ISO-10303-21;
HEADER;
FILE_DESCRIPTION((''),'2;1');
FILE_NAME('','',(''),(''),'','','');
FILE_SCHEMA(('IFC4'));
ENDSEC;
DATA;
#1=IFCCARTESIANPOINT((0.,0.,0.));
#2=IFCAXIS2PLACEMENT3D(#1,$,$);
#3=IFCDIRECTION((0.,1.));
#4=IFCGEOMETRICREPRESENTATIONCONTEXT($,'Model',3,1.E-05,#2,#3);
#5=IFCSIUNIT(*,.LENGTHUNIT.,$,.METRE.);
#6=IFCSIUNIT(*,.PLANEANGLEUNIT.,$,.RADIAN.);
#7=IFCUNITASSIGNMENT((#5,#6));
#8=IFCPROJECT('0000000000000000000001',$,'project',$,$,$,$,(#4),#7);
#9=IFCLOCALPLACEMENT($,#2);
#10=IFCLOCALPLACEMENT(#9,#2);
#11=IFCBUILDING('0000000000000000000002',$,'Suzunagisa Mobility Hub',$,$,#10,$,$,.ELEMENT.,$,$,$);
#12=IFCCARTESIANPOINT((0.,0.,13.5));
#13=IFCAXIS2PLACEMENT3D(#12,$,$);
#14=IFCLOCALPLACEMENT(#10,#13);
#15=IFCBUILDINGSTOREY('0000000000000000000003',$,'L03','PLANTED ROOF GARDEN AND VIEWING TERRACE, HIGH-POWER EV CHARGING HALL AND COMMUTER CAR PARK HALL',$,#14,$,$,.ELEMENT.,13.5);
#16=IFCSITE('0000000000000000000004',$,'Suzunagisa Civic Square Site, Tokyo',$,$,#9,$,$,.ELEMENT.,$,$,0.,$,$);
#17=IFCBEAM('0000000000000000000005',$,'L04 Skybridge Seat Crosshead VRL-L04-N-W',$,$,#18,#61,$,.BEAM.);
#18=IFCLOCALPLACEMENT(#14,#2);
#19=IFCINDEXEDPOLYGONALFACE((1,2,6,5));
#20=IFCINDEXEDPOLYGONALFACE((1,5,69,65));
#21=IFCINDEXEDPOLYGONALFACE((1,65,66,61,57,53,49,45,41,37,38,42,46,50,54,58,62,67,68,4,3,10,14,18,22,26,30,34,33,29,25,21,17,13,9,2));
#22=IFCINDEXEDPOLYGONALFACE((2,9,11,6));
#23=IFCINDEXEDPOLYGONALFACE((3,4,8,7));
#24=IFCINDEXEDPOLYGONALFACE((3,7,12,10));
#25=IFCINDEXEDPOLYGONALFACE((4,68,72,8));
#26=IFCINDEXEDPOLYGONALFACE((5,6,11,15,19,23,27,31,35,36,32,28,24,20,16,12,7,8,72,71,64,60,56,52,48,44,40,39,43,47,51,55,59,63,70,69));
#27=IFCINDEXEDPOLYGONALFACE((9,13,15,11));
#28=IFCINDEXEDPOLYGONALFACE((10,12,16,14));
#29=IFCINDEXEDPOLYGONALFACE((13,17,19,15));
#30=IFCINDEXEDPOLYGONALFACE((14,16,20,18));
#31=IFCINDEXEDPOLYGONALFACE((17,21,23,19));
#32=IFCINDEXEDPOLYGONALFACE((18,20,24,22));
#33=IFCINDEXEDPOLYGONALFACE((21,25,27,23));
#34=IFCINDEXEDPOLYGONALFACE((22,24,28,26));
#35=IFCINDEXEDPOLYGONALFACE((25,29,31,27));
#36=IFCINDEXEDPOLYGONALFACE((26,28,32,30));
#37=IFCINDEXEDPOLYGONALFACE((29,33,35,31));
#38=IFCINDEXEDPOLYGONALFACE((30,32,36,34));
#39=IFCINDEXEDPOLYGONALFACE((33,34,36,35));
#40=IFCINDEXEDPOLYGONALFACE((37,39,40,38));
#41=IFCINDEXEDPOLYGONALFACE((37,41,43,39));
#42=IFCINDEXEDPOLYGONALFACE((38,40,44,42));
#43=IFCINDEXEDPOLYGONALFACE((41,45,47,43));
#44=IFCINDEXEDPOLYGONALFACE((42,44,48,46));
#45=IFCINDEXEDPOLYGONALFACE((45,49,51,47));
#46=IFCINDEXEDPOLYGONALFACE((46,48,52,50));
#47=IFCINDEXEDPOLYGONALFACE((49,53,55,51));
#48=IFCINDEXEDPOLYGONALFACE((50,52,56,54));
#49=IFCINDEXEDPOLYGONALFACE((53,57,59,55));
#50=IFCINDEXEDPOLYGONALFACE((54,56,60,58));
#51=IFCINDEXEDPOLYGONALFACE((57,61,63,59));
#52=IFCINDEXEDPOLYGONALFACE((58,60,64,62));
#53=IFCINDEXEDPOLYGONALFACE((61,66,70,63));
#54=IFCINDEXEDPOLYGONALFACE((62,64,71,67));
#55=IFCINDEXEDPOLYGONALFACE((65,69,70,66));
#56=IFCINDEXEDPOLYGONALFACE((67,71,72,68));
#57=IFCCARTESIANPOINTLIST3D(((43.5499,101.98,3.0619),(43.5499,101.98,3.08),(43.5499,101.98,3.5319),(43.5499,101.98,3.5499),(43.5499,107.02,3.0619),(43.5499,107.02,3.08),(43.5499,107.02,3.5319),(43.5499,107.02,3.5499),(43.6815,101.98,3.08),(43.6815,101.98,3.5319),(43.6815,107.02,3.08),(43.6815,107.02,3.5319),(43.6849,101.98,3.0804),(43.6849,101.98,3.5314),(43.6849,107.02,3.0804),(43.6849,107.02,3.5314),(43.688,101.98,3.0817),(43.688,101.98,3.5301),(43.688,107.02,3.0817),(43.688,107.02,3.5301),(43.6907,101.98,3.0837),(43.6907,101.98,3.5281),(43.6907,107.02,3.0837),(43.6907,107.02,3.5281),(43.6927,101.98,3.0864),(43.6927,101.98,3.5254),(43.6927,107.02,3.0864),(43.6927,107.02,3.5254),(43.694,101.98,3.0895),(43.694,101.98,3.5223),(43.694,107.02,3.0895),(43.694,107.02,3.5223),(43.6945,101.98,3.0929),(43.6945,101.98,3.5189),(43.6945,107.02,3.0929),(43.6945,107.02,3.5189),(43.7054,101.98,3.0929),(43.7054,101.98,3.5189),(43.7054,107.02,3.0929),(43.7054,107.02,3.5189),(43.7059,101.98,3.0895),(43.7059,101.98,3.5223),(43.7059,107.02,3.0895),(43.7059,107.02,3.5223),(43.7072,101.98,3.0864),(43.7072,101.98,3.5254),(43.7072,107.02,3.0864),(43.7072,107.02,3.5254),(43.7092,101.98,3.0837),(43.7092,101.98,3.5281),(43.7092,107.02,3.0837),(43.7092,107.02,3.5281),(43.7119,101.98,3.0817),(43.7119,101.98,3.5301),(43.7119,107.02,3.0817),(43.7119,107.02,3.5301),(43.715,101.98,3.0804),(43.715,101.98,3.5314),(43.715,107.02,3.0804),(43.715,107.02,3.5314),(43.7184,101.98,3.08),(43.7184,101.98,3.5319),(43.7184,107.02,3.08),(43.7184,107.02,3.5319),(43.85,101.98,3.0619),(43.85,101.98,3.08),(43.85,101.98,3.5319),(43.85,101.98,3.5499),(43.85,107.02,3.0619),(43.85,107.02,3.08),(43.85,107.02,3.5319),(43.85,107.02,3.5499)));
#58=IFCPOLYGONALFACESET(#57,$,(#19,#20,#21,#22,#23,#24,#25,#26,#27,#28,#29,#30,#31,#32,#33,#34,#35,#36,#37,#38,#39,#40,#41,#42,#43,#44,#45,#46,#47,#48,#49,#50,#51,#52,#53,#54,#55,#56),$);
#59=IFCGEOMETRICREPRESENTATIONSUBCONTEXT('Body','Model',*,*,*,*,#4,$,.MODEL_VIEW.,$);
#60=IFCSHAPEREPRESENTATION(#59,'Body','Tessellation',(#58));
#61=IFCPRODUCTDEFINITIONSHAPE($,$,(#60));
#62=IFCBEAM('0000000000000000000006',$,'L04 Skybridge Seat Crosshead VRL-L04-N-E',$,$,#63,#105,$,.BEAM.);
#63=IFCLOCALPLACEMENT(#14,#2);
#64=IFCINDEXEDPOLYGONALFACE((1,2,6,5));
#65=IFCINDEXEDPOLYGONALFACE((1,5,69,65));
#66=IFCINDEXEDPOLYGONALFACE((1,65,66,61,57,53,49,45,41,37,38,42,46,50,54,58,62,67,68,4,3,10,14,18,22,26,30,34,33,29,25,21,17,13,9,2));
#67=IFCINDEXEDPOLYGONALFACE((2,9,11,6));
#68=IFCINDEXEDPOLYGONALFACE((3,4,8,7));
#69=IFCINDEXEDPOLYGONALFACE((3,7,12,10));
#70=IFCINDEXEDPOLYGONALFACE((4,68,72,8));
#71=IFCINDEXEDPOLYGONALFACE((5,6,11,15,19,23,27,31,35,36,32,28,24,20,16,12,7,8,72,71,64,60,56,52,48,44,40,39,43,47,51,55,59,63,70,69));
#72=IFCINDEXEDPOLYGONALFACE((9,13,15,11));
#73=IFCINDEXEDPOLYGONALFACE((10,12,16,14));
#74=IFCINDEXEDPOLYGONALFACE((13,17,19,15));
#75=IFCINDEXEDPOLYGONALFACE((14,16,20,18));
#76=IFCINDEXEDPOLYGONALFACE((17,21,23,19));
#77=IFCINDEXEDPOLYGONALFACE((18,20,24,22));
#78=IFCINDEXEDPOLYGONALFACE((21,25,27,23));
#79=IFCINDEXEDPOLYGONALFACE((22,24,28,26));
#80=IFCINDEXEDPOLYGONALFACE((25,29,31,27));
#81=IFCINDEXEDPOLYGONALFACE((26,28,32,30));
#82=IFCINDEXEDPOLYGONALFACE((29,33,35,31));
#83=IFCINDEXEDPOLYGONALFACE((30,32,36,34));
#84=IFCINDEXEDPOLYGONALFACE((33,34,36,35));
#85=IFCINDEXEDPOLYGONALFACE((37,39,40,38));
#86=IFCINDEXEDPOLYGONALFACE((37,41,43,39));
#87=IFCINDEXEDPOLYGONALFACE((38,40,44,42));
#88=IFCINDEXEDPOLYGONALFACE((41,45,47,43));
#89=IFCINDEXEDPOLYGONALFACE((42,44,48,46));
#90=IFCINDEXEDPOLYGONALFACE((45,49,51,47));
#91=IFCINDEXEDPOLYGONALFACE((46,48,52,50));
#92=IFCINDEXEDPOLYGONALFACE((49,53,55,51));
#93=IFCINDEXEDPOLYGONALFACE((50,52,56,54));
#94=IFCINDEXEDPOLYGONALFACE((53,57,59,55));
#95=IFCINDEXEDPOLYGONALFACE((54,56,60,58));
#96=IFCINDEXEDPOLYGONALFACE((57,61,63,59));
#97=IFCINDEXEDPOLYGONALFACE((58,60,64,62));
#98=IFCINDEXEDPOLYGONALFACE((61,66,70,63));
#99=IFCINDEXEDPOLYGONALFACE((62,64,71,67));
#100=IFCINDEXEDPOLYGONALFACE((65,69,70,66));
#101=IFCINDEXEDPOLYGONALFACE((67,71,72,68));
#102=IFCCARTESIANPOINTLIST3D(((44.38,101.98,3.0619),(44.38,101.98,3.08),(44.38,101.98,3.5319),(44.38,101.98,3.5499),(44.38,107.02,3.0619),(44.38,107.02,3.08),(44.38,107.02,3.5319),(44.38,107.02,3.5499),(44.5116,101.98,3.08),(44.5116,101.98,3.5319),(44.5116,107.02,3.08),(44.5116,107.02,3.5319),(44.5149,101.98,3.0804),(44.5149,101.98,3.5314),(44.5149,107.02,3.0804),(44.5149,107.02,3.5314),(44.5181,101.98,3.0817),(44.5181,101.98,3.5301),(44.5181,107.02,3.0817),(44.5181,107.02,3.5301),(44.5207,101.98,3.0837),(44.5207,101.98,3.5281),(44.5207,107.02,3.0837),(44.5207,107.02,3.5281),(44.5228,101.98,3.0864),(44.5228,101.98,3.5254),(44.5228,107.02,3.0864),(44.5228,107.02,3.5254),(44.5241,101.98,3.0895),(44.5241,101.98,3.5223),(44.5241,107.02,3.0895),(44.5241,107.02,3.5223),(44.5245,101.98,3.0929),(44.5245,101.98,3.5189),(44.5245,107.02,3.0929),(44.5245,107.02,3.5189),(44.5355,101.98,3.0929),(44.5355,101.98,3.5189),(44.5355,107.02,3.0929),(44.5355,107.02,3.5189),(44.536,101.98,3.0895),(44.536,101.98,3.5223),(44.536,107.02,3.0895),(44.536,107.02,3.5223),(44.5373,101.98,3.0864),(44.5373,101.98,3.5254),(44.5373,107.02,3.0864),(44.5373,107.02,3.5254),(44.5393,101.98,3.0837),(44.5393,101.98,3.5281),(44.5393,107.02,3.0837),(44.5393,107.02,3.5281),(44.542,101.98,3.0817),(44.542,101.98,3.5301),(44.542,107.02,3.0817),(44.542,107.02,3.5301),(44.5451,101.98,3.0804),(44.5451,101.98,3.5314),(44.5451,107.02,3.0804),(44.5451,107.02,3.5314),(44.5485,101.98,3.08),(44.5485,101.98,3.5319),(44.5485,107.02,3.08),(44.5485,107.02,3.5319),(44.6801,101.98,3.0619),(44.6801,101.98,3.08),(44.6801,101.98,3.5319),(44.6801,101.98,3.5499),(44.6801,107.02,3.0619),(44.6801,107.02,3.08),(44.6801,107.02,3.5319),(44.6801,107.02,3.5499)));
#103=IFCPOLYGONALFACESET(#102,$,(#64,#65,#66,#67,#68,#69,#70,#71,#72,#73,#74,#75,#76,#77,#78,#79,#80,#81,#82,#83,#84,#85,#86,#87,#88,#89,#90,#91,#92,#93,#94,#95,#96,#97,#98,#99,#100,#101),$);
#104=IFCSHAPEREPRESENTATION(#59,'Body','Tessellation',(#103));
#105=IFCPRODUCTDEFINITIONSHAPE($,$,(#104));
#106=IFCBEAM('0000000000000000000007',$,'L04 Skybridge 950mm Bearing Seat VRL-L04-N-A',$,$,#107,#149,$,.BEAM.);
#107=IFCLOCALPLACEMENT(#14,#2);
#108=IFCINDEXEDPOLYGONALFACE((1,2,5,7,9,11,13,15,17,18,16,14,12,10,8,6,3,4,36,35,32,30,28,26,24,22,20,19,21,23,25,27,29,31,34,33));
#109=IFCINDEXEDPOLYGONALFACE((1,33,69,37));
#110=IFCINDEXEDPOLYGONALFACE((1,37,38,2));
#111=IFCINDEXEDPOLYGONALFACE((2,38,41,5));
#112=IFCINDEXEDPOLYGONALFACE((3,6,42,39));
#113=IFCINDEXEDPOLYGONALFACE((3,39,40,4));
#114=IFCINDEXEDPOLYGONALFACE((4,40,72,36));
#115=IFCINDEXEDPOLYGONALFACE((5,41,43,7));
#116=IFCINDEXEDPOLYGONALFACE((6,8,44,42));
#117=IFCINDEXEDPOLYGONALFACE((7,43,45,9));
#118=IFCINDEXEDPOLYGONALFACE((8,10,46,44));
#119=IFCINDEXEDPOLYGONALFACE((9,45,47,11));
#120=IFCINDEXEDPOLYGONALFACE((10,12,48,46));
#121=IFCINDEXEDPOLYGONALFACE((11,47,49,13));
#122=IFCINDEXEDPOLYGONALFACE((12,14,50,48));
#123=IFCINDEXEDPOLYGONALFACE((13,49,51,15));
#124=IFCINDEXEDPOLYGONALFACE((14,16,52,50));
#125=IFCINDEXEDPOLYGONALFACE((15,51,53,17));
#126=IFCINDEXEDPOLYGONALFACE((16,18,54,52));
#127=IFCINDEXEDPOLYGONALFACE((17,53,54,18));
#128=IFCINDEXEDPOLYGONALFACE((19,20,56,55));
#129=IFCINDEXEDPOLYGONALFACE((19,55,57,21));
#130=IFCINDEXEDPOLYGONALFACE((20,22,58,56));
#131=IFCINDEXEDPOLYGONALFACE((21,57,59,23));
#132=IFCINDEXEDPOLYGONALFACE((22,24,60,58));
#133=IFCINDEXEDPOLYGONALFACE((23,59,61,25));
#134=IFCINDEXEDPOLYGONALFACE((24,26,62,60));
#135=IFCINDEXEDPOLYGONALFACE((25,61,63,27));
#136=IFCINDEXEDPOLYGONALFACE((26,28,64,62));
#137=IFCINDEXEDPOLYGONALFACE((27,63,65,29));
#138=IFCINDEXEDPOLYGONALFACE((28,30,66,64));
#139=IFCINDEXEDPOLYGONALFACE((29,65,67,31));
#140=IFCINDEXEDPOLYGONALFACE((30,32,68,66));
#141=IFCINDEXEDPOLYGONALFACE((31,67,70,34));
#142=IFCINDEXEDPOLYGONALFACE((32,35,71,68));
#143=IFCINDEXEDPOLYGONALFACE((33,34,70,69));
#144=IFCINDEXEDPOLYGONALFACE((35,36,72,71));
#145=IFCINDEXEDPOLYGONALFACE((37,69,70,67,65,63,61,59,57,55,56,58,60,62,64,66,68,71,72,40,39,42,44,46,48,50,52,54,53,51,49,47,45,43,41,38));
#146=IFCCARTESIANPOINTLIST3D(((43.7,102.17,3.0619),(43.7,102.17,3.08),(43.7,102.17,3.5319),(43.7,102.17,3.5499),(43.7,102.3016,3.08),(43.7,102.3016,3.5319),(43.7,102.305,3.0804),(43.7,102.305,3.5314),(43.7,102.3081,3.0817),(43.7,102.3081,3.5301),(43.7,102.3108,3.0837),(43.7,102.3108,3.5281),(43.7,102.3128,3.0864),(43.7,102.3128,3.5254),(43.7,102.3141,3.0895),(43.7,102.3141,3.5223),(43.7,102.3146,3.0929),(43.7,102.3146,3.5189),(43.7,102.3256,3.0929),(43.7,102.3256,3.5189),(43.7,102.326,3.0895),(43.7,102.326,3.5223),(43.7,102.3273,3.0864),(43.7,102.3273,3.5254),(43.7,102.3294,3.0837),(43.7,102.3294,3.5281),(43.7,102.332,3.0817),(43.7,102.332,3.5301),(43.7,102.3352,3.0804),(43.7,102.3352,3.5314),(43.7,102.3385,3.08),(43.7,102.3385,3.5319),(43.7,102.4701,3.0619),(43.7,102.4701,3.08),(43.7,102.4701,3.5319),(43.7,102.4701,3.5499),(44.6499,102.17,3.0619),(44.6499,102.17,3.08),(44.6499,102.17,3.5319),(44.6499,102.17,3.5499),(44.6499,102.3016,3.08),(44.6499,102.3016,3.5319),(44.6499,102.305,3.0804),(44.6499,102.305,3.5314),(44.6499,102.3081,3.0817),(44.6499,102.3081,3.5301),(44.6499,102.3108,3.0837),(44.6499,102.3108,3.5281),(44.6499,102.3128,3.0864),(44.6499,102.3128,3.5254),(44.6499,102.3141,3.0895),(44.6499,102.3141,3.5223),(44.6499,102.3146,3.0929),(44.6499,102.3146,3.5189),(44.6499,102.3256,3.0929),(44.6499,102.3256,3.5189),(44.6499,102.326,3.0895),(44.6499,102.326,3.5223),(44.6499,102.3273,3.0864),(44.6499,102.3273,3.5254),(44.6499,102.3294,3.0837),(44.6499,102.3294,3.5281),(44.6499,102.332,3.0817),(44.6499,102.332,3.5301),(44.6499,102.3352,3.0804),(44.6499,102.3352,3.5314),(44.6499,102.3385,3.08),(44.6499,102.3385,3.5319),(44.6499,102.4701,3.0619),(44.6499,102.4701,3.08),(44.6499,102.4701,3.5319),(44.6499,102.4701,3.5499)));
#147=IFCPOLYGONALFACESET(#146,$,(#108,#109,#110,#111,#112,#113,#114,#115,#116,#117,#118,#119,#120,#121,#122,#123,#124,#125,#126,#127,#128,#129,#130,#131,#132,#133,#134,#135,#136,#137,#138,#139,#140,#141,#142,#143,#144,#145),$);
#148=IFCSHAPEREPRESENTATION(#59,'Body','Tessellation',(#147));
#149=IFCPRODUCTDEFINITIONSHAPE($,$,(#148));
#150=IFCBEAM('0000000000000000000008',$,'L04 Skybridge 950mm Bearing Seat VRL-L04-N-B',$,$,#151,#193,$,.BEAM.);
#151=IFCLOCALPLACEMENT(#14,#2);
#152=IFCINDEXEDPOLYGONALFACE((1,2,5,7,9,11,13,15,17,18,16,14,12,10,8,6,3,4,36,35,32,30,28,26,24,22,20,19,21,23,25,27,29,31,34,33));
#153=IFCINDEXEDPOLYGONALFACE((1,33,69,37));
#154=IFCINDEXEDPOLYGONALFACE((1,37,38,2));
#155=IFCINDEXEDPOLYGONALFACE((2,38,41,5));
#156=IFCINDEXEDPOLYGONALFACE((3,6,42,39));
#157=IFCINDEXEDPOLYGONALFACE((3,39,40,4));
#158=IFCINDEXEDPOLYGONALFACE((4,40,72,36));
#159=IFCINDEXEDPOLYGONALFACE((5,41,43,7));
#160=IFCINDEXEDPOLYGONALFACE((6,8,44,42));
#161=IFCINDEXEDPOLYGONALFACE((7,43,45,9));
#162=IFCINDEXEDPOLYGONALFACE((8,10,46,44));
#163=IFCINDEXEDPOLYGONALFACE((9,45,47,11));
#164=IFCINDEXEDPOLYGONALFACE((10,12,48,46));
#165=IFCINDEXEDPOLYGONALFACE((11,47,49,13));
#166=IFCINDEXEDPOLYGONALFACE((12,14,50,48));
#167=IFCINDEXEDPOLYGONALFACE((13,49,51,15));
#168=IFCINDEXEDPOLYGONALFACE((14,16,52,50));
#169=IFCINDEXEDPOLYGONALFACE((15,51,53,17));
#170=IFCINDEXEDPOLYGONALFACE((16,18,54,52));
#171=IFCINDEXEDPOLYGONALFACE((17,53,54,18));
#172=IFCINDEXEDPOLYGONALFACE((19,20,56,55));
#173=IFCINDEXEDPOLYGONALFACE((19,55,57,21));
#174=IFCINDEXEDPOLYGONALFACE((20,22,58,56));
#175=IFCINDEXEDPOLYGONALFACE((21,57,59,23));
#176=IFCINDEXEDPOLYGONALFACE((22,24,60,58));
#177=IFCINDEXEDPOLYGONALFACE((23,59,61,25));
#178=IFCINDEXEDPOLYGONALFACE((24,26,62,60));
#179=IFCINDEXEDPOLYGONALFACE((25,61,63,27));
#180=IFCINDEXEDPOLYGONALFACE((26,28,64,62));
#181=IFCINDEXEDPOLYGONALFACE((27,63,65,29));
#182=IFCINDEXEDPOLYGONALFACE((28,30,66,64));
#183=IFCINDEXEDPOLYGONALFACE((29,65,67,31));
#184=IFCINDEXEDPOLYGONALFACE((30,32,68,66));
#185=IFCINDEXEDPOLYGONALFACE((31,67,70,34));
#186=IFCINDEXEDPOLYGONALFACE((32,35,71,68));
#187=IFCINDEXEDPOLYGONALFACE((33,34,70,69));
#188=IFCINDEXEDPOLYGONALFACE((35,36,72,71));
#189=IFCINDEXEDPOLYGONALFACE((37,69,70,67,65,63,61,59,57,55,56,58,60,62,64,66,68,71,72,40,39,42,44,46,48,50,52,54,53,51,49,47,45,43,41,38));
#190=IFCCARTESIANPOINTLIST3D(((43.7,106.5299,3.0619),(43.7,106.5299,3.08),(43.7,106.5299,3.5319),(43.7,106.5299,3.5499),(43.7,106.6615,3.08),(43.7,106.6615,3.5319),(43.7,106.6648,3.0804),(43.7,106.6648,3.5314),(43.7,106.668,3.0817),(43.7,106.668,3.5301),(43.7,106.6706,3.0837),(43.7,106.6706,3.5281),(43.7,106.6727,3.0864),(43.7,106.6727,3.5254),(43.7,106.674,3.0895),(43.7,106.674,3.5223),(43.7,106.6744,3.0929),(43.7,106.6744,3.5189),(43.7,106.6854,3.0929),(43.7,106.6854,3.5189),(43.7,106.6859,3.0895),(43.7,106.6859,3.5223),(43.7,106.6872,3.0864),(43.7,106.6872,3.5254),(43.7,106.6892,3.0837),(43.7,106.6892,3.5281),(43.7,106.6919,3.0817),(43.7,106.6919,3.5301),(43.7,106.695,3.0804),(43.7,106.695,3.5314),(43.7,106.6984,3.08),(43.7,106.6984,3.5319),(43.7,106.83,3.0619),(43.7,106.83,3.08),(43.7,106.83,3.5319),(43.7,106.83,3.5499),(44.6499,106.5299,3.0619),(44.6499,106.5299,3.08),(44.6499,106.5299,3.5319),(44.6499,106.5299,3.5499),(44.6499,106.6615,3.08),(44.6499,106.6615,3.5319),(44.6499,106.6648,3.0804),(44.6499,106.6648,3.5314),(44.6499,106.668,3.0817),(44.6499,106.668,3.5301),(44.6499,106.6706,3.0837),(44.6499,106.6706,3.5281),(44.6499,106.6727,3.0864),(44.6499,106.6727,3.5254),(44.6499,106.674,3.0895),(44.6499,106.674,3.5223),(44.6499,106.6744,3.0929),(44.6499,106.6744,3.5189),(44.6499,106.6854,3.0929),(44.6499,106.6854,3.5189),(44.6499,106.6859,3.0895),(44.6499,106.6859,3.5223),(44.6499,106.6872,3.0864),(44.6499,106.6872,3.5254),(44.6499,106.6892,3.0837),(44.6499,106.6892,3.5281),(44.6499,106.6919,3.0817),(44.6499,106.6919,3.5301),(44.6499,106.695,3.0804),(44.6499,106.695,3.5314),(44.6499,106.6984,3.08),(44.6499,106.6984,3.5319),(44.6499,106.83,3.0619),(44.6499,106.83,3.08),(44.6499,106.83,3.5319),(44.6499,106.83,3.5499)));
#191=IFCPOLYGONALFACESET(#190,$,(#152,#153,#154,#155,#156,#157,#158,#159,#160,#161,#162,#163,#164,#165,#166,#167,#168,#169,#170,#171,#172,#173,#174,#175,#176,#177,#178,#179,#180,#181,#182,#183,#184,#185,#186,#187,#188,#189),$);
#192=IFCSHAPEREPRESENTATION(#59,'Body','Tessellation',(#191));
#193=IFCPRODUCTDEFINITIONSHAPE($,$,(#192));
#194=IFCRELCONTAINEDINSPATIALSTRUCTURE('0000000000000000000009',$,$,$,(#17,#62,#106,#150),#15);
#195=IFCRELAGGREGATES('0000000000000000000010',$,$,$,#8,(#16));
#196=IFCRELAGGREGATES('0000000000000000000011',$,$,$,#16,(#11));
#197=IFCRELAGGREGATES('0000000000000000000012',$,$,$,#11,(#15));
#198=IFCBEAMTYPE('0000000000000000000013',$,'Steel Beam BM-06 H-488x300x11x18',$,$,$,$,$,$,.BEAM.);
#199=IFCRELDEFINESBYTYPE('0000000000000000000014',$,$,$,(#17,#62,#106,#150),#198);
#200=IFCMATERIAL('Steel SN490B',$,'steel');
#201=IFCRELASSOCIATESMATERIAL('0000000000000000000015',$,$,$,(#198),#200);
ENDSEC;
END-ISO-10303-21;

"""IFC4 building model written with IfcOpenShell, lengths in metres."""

from ifc_helpers import new_model, si_unit, direction, frame, origin, origin_2d, place, context, subcontext, project, spatial, i_section, extrude, material, material_profile, profile_set, type_object, element, save


model = new_model("IFC4")

# Units and contexts
model_context = context("Model", 3, precision=1e-05, world=origin(), true_north=direction((0.0, 1.0)))
body_context = subcontext(model_context, "Body", "Model", "MODEL_VIEW")
ifc_project = project(units=[si_unit("LENGTHUNIT", "METRE"), si_unit("PLANEANGLEUNIT", "RADIAN")], contexts=[model_context])

# Site, building, storey
site_placement = place(None, origin())
site = spatial("IfcSite", under=ifc_project, at=site_placement, Name="Suzunagisa Civic Square Site, Tokyo", CompositionType="ELEMENT", RefElevation=0.0)
building_placement = place(site_placement, origin())
building = spatial("IfcBuilding", under=site, at=building_placement, Name="Suzunagisa Mobility Hub", CompositionType="ELEMENT")
storey_placement = place(building_placement, frame((0.0, 0.0, 13.5)))
storey = spatial("IfcBuildingStorey", under=building, at=storey_placement, Name="L03", Description="PLANTED ROOF GARDEN AND VIEWING TERRACE, HIGH-POWER EV CHARGING HALL AND COMMUTER CAR PARK HALL", CompositionType="ELEMENT", Elevation=13.5)

# Shared definitions
ifc_material_1 = material(Name="Steel SN490B", Category="steel")

# Beams
ifc_material_profile_1 = material_profile(ifc_material_1, i_section(OverallWidth=0.3, OverallDepth=0.488, WebThickness=0.011, FlangeThickness=0.0181, FilletRadius=0.0129, at=origin_2d()), Name="H-488x300x11x18")
ifc_profile_set_1 = profile_set([ifc_material_profile_1], Name="Steel SN490B")
beam_type_1 = type_object("IfcBeamType", Name="Steel Beam BM-06 H-488x300x11x18", PredefinedType="BEAM", material=ifc_profile_set_1)
for number, where, z_axis, x_axis, name in (
    (1, (43.7, 101.98, 3.3059), (0.0, 1.0, 0.0), (-1.0, 0.0, 0.0), "L04 Skybridge Seat Crosshead VRL-L04-N-W"),
    (2, (44.53, 101.98, 3.3059), (0.0, 1.0, 0.0), (-1.0, 0.0, 0.0), "L04 Skybridge Seat Crosshead VRL-L04-N-E"),
):
    element("IfcBeam", number, at=place(storey_placement, frame(where, z_axis=z_axis, x_axis=x_axis)), inside=storey, type_object=beam_type_1, Name=name, PredefinedType="BEAM", context=body_context, shape_type="SweptSolid", body=[
        extrude(i_section(OverallWidth=0.3, OverallDepth=0.488, WebThickness=0.011, FlangeThickness=0.0181, FilletRadius=0.0129, at=origin_2d()), origin(), (0.0, 0.0, 1.0), 5.04),
    ])
for number, where, z_axis, x_axis, name in (
    (3, (43.7, 102.3201, 3.3059), (1.0, 0.0, 0.0), (0.0, 1.0, 0.0), "L04 Skybridge 950mm Bearing Seat VRL-L04-N-A"),
    (4, (43.7, 106.6799, 3.3059), (1.0, 0.0, 0.0), (0.0, 1.0, 0.0), "L04 Skybridge 950mm Bearing Seat VRL-L04-N-B"),
):
    element("IfcBeam", number, at=place(storey_placement, frame(where, z_axis=z_axis, x_axis=x_axis)), inside=storey, type_object=beam_type_1, Name=name, PredefinedType="BEAM", context=body_context, shape_type="SweptSolid", body=[
        extrude(i_section(OverallWidth=0.3, OverallDepth=0.488, WebThickness=0.011, FlangeThickness=0.0181, FilletRadius=0.0129, at=origin_2d()), origin(), (0.0, 0.0, 1.0), 0.95),
    ])

save(model, "model.ifc")
